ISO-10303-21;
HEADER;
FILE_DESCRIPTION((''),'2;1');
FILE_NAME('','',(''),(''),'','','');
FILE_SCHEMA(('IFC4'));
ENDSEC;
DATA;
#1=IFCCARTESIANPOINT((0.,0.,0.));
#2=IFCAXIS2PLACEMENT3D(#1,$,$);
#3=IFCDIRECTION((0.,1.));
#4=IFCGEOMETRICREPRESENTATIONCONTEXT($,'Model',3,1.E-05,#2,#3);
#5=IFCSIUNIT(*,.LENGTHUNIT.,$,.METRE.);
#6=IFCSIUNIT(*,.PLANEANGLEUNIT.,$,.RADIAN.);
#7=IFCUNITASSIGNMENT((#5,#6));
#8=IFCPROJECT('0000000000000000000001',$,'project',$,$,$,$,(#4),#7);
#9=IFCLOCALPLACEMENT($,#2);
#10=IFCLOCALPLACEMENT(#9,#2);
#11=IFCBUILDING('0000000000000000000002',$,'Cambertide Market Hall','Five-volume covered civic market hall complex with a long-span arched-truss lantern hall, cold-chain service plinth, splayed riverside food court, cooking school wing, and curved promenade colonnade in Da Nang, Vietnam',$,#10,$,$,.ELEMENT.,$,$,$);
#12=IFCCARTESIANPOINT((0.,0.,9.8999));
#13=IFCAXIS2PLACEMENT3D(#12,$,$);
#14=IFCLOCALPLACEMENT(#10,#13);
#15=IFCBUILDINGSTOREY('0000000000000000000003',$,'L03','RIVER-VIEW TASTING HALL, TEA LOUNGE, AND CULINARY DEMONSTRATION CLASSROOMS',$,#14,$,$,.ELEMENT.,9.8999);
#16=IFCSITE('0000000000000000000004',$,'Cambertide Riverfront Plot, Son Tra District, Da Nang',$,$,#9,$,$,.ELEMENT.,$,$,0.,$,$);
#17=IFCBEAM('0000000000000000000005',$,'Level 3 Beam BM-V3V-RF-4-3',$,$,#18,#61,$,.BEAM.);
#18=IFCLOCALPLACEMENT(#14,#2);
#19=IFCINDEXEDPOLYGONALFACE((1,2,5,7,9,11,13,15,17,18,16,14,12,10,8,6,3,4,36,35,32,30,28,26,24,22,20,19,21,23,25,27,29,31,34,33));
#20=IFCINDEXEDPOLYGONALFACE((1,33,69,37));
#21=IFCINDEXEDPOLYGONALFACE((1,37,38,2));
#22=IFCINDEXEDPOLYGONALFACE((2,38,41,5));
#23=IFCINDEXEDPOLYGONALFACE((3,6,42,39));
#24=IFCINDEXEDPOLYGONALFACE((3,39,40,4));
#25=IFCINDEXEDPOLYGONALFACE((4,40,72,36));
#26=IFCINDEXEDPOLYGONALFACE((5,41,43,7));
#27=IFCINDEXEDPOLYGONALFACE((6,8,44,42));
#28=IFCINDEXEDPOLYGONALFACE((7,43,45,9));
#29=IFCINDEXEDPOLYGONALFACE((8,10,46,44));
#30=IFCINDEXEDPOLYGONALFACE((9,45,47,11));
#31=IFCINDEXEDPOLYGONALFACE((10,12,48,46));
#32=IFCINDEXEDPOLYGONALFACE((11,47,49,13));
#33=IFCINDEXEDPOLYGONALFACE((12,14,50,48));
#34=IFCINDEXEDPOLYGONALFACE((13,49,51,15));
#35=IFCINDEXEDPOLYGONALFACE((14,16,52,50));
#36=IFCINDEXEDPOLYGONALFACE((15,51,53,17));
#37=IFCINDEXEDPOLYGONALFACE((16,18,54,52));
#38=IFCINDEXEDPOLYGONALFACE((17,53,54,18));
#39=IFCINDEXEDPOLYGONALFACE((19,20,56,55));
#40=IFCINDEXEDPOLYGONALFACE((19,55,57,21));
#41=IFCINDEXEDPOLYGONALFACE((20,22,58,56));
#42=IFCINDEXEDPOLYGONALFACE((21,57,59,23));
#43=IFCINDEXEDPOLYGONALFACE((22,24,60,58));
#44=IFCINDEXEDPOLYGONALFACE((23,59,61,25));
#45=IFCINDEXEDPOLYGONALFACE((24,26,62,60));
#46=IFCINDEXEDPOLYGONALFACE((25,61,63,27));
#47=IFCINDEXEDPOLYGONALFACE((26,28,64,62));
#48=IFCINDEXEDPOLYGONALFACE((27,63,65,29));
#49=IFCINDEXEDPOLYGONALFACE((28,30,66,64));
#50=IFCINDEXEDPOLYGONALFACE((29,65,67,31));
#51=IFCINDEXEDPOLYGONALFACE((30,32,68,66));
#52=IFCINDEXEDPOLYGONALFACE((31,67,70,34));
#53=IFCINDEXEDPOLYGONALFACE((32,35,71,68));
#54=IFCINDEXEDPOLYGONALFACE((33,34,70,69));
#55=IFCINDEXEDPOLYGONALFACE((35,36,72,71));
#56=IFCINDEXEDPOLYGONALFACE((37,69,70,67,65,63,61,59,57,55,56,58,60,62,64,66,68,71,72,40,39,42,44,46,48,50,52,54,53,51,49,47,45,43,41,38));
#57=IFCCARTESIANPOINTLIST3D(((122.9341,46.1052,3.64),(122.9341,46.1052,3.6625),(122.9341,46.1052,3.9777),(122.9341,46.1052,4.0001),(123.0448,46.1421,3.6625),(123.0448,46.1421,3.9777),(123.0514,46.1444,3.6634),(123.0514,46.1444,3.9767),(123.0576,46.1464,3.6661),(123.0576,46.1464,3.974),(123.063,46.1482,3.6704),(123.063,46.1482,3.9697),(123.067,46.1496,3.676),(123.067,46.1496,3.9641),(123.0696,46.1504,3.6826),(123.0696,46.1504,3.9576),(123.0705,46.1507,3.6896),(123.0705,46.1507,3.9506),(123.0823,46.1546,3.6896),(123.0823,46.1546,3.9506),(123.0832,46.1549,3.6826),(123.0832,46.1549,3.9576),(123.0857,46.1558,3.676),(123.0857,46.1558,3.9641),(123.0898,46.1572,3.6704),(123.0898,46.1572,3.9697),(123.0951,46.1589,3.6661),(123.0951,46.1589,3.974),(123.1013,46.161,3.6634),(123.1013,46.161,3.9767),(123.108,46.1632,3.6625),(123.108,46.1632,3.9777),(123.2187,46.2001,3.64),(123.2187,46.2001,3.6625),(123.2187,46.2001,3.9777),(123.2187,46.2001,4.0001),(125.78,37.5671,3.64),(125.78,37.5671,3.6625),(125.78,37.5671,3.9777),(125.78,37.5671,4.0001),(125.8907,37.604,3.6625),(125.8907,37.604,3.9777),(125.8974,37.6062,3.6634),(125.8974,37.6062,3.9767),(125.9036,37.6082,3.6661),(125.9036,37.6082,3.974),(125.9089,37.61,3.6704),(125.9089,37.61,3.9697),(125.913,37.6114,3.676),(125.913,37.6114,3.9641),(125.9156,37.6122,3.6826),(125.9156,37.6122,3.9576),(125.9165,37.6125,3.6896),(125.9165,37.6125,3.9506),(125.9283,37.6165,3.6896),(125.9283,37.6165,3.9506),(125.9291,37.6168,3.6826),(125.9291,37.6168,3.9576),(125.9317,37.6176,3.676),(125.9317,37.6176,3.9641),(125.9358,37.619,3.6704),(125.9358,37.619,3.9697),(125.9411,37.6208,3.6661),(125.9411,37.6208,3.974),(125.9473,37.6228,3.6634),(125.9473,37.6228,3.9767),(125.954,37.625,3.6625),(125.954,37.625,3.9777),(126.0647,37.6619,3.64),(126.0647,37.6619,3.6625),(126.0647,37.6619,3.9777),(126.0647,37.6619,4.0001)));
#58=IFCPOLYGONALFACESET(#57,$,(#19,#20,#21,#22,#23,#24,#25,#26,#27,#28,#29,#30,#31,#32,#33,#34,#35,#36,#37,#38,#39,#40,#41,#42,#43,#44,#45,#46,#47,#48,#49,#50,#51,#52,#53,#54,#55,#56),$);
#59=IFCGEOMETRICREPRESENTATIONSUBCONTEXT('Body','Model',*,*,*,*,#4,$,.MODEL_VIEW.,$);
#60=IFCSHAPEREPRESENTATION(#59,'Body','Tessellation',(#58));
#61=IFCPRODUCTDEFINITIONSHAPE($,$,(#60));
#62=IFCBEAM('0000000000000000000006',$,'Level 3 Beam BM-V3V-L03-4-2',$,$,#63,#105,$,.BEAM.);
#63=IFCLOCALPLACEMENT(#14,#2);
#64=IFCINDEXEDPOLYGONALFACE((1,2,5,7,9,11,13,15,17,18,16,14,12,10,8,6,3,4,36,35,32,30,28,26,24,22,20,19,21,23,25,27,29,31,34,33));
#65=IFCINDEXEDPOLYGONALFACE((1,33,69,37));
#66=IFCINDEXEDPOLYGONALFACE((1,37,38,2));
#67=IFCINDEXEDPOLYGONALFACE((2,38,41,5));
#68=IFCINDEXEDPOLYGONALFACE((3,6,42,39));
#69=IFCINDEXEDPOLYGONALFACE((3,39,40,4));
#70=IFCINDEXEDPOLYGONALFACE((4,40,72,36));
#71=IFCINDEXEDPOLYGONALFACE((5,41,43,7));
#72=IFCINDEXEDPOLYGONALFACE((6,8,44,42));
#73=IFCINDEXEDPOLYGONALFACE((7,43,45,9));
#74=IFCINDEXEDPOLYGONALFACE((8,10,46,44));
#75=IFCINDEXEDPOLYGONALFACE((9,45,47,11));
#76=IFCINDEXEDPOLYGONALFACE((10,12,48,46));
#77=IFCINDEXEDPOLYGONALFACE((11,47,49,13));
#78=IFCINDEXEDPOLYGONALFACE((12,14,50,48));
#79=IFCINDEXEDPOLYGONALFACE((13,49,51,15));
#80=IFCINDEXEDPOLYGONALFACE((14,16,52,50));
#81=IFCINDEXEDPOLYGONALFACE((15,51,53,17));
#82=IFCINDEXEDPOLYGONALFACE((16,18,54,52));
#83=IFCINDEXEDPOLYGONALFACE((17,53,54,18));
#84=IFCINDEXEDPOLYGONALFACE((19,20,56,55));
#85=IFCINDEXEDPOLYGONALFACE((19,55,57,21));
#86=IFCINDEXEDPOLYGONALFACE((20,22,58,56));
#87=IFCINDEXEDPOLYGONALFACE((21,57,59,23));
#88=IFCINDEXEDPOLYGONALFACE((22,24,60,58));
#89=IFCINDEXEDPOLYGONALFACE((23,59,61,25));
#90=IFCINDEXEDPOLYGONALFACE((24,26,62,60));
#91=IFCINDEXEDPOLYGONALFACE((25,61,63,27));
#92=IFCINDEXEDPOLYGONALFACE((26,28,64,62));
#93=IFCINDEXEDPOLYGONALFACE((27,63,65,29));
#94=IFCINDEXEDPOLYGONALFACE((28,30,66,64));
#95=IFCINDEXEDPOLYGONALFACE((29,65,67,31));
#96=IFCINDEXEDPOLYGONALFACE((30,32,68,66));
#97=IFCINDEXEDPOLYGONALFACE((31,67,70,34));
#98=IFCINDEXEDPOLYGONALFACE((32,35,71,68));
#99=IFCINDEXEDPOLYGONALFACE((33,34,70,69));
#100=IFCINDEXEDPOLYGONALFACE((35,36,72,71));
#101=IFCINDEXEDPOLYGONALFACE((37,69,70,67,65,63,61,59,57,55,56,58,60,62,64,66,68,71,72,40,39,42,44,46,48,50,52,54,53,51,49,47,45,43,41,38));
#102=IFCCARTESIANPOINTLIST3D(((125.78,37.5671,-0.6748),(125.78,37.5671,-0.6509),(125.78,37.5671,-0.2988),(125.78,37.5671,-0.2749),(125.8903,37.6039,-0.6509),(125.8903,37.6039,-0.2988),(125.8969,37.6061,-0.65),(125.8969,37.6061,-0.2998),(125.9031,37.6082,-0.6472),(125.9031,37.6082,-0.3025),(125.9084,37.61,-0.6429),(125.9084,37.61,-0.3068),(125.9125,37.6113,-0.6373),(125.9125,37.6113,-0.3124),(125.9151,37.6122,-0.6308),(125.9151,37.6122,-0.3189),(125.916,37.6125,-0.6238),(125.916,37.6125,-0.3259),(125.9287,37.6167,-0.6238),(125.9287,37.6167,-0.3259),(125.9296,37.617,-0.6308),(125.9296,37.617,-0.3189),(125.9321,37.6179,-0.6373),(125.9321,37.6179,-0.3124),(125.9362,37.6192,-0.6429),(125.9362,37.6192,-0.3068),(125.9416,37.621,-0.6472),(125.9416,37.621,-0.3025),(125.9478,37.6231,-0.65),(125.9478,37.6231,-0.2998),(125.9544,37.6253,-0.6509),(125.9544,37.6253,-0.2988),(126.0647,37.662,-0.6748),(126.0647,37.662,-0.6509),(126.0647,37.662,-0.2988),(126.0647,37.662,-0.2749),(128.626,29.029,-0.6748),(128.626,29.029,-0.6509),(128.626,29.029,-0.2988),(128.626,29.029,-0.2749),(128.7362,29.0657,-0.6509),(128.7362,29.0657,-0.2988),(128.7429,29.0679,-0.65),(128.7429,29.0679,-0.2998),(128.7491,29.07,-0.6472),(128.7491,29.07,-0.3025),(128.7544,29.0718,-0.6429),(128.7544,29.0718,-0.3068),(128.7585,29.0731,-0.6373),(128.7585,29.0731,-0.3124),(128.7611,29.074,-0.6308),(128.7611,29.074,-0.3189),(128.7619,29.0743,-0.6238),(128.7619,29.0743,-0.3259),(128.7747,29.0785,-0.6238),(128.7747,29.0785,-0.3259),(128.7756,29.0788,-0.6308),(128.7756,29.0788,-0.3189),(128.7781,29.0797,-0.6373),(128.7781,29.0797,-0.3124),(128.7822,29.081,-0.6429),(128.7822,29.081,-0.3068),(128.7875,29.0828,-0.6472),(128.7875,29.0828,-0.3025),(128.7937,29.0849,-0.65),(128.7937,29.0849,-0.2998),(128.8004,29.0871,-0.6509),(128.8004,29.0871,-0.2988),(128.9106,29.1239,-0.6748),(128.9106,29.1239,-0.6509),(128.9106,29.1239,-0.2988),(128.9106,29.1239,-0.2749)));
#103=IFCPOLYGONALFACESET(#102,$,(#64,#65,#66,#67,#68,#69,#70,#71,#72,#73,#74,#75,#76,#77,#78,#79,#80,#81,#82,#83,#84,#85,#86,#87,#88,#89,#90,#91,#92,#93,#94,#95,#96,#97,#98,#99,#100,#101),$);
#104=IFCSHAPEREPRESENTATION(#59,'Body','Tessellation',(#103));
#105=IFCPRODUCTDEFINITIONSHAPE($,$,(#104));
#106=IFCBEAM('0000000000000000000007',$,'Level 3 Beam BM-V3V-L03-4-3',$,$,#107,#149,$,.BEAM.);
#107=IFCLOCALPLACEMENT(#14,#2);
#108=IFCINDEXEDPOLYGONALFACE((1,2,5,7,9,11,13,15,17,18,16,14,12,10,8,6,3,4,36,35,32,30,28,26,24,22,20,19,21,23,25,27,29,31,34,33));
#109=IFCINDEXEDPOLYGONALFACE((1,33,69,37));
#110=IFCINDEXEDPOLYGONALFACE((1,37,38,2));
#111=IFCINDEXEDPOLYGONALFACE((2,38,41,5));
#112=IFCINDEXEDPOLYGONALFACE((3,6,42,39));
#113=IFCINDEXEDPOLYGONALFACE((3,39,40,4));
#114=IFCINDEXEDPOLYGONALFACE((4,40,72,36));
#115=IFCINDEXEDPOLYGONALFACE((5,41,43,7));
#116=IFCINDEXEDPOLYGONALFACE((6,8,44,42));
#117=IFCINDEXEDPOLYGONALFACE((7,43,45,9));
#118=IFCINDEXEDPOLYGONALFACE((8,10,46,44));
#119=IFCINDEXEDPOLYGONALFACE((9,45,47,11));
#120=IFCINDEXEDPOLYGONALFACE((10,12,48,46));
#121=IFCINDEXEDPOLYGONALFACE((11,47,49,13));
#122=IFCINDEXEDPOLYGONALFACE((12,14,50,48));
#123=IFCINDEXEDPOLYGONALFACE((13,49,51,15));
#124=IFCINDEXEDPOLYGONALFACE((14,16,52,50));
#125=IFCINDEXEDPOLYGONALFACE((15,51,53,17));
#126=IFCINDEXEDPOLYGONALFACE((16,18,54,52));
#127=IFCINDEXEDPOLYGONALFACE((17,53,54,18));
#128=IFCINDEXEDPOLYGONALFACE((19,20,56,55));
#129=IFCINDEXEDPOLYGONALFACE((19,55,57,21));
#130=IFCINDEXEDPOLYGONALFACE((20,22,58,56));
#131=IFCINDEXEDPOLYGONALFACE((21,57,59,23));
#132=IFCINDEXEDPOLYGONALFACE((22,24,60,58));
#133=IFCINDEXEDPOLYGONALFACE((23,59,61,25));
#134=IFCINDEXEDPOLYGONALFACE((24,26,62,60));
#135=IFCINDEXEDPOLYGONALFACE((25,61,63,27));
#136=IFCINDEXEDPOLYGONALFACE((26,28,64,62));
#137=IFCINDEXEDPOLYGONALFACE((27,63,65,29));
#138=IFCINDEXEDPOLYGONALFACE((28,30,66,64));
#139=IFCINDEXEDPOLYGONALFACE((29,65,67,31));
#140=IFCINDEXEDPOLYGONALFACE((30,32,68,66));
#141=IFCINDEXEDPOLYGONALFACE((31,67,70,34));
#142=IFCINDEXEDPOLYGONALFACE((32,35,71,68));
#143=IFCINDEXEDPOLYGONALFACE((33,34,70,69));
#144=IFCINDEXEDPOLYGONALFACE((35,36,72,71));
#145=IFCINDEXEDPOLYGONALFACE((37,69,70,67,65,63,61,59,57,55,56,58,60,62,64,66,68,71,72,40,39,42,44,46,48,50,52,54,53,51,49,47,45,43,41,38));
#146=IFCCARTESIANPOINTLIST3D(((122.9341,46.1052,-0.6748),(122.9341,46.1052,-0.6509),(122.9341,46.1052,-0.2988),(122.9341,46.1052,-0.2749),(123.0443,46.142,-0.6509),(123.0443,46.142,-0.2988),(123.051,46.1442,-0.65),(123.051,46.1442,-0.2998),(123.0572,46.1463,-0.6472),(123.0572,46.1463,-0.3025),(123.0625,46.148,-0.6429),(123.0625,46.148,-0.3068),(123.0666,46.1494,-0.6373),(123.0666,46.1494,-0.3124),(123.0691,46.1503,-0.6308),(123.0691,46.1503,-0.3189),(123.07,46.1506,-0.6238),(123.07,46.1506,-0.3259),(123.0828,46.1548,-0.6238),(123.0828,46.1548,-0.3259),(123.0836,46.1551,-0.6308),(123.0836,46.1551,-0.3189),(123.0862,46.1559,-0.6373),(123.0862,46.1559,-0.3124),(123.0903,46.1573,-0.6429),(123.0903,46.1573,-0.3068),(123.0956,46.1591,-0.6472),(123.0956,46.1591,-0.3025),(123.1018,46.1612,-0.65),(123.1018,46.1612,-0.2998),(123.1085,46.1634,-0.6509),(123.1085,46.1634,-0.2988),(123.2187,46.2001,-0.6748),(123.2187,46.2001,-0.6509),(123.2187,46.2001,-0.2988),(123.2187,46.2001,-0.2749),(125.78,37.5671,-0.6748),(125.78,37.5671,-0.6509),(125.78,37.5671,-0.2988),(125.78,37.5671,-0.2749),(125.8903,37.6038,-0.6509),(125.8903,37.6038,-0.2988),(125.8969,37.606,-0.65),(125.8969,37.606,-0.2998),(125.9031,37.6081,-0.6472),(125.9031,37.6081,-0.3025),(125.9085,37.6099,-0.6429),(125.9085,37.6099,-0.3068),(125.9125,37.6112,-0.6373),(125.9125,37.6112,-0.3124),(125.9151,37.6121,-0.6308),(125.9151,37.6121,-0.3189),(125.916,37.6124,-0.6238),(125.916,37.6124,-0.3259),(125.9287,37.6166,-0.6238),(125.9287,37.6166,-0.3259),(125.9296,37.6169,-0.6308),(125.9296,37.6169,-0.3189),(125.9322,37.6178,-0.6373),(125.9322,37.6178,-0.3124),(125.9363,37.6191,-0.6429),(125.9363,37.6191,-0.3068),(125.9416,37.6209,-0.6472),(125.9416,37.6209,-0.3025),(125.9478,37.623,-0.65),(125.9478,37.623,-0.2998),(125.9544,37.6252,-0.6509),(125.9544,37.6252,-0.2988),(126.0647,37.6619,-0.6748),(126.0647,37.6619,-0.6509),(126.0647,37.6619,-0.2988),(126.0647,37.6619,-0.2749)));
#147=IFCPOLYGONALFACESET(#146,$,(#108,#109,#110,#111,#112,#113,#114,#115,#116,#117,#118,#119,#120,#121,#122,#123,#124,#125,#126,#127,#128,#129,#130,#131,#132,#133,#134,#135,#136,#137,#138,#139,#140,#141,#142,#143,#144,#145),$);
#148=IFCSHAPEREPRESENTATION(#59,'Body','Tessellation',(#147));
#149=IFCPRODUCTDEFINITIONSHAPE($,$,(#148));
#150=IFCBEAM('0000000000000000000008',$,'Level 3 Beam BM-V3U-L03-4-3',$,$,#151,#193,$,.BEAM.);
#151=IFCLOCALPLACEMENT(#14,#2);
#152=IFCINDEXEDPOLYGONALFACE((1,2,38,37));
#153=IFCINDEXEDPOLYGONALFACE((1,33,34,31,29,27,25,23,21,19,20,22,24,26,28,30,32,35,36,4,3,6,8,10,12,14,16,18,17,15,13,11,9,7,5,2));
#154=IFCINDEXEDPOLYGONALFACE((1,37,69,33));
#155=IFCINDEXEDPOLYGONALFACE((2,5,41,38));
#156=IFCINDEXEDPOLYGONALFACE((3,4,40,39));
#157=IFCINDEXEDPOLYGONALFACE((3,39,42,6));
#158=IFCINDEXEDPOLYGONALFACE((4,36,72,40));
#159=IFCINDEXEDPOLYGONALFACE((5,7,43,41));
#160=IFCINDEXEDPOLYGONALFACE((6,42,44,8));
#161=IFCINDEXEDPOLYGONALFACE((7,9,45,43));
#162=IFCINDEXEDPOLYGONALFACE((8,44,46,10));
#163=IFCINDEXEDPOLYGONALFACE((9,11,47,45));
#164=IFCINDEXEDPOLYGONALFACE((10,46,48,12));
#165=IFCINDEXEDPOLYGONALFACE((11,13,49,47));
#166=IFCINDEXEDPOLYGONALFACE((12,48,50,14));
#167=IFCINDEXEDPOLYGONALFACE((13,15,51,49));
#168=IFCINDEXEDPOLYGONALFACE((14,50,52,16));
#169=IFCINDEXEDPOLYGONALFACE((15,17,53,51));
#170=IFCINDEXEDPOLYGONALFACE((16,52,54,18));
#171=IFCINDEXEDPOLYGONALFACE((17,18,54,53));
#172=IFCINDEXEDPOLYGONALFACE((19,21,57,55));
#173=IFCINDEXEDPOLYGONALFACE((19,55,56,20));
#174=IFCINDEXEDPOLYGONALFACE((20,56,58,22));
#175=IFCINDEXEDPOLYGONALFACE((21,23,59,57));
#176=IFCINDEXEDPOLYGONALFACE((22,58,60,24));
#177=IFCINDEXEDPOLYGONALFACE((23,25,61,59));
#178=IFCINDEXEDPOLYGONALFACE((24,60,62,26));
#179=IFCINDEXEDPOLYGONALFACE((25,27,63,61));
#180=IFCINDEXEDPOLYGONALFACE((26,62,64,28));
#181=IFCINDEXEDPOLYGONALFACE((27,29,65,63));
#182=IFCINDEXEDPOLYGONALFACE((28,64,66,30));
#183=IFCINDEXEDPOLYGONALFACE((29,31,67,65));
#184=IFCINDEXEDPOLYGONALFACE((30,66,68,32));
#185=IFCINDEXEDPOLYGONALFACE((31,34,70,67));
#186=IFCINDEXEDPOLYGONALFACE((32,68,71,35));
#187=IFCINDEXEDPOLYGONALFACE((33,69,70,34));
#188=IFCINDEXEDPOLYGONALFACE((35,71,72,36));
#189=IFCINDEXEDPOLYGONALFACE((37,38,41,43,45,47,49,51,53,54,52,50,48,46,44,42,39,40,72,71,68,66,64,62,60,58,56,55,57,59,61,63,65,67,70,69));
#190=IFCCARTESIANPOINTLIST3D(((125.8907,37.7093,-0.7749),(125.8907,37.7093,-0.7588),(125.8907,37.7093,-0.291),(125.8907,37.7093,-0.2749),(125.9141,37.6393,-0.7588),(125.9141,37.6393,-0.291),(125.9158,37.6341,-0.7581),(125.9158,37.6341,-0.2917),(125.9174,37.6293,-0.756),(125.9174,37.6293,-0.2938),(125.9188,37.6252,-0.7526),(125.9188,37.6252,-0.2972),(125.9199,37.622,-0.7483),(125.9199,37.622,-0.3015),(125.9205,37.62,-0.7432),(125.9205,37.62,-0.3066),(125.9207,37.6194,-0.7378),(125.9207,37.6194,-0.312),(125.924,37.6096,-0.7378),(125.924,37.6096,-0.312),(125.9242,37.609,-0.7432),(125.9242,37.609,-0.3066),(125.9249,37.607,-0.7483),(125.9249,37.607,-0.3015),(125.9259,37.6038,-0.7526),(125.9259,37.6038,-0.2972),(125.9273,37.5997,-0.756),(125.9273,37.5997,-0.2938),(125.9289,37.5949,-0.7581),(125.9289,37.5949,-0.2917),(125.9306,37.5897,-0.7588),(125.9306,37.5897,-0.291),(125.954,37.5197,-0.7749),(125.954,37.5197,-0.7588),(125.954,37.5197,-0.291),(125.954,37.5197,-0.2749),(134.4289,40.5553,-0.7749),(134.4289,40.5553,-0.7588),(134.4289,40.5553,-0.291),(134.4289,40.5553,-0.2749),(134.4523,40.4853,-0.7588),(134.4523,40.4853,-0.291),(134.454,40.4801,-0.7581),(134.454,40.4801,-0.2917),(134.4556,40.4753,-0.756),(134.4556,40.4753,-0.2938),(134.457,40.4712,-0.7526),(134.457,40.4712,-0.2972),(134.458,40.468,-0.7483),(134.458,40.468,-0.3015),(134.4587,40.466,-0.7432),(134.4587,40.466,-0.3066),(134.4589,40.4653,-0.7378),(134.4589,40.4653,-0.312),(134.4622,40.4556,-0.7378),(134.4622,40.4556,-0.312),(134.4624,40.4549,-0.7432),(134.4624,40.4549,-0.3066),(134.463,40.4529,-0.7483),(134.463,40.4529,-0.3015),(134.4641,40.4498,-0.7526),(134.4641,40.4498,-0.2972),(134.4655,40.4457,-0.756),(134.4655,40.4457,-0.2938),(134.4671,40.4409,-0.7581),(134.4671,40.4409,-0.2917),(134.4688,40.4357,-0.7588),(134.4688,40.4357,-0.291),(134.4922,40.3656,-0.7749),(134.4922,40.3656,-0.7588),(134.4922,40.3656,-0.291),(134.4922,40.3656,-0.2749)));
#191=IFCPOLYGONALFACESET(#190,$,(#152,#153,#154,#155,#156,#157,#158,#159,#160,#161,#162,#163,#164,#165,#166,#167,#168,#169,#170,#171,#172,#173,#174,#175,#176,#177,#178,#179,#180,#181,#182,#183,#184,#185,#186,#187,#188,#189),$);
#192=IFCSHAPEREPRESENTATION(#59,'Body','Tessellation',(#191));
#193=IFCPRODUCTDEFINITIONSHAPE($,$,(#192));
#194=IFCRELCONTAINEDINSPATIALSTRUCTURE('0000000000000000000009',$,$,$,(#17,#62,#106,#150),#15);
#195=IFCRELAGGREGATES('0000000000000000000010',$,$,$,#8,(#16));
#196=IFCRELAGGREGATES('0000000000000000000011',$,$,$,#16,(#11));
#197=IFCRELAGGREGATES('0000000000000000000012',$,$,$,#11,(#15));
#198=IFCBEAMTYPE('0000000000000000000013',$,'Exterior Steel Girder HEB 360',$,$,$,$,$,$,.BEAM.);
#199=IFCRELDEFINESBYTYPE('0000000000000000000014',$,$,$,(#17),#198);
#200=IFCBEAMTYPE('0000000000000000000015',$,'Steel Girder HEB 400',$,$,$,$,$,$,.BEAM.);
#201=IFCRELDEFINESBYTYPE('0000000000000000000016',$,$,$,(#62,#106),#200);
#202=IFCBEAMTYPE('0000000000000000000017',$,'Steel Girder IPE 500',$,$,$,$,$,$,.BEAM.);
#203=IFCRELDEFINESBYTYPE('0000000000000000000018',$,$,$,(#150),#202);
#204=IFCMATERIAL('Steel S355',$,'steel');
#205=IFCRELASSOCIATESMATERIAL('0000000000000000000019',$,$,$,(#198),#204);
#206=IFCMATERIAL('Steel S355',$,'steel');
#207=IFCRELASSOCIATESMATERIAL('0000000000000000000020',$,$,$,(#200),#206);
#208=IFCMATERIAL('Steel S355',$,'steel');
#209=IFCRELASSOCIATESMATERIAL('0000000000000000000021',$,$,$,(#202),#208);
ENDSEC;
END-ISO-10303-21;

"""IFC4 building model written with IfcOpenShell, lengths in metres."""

from ifc_helpers import new_model, si_unit, direction, frame, origin, origin_2d, place, context, subcontext, project, spatial, i_section, extrude, material, material_profile, profile_set, type_object, element, save


model = new_model("IFC4")

# Units and contexts
model_context = context("Model", 3, precision=1e-05, world=origin(), true_north=direction((0.0, 1.0)))
body_context = subcontext(model_context, "Body", "Model", "MODEL_VIEW")
ifc_project = project(units=[si_unit("LENGTHUNIT", "METRE"), si_unit("PLANEANGLEUNIT", "RADIAN")], contexts=[model_context])

# Site, building, storey
site_placement = place(None, origin())
site = spatial("IfcSite", under=ifc_project, at=site_placement, Name="Cambertide Riverfront Plot, Son Tra District, Da Nang", CompositionType="ELEMENT", RefElevation=0.0)
building_placement = place(site_placement, origin())
building = spatial("IfcBuilding", under=site, at=building_placement, Name="Cambertide Market Hall", Description="Five-volume covered civic market hall complex with a long-span arched-truss lantern hall, cold-chain service plinth, splayed riverside food court, cooking school wing, and curved promenade colonnade in Da Nang, Vietnam", CompositionType="ELEMENT")
storey_placement = place(building_placement, frame((0.0, 0.0, 9.8999)))
storey = spatial("IfcBuildingStorey", under=building, at=storey_placement, Name="L03", Description="RIVER-VIEW TASTING HALL, TEA LOUNGE, AND CULINARY DEMONSTRATION CLASSROOMS", CompositionType="ELEMENT", Elevation=9.8999)

# Beams
ifc_material_1 = material(Name="Steel S355", Category="steel")
ifc_material_profile_1 = material_profile(ifc_material_1, i_section(OverallWidth=0.3, OverallDepth=0.3601, WebThickness=0.0125, FlangeThickness=0.0225, FilletRadius=0.0271, at=origin_2d()), Name="HEB 360")
ifc_profile_set_1 = profile_set([ifc_material_profile_1], Name="Steel S355")
beam_type_1 = type_object("IfcBeamType", Name="Exterior Steel Girder HEB 360", PredefinedType="BEAM", material=ifc_profile_set_1)
for number, where, z_axis, x_axis, name in (
    (1, (125.9224, 37.6145, 3.8201), (-0.31622, 0.948686, 0.0), (-0.948686, -0.31622, 0.0), "Level 3 Beam BM-V3V-RF-4-3"),
):
    element("IfcBeam", number, at=place(storey_placement, frame(where, z_axis=z_axis, x_axis=x_axis)), inside=storey, type_object=beam_type_1, Name=name, PredefinedType="BEAM", context=body_context, shape_type="SweptSolid", body=[
        extrude(i_section(OverallWidth=0.3, OverallDepth=0.3601, WebThickness=0.0125, FlangeThickness=0.0225, FilletRadius=0.0271, at=origin_2d()), origin(), (0.0, 0.0, 1.0), 9.0),
    ])
ifc_material_2 = material(Name="Steel S355", Category="steel")
ifc_material_profile_2 = material_profile(ifc_material_2, i_section(OverallWidth=0.3, OverallDepth=0.3999, WebThickness=0.0134, FlangeThickness=0.0239, FilletRadius=0.0271, at=origin_2d()), Name="HEB 400")
ifc_profile_set_2 = profile_set([ifc_material_profile_2], Name="Steel S355")
beam_type_2 = type_object("IfcBeamType", Name="Steel Girder HEB 400", PredefinedType="BEAM", material=ifc_profile_set_2)
for number, where, z_axis, x_axis, name in (
    (2, (128.7683, 29.0764, -0.4749), (-0.31622, 0.948686, 0.0), (-0.948686, -0.31622, 0.0), "Level 3 Beam BM-V3V-L03-4-2"),
    (3, (125.9224, 37.6145, -0.4749), (-0.31622, 0.948686, 0.0), (-0.948686, -0.31622, 0.0), "Level 3 Beam BM-V3V-L03-4-3"),
):
    element("IfcBeam", number, at=place(storey_placement, frame(where, z_axis=z_axis, x_axis=x_axis)), inside=storey, type_object=beam_type_2, Name=name, PredefinedType="BEAM", context=body_context, shape_type="SweptSolid", body=[
        extrude(i_section(OverallWidth=0.3, OverallDepth=0.3999, WebThickness=0.0134, FlangeThickness=0.0239, FilletRadius=0.0271, at=origin_2d()), origin(), (0.0, 0.0, 1.0), 9.0),
    ])
ifc_material_3 = material(Name="Steel S355", Category="steel")
ifc_material_profile_3 = material_profile(ifc_material_3, i_section(OverallWidth=0.2, OverallDepth=0.5, WebThickness=0.0103, FlangeThickness=0.0161, FilletRadius=0.021, at=origin_2d()), Name="IPE 500")
ifc_profile_set_3 = profile_set([ifc_material_profile_3], Name="Steel S355")
beam_type_3 = type_object("IfcBeamType", Name="Steel Girder IPE 500", PredefinedType="BEAM", material=ifc_profile_set_3)
beam_1_placement = place(storey_placement, frame((125.9224, 37.6145, -0.5249), z_axis=(0.948686, 0.31622, 0.0), x_axis=(-0.31622, 0.948686, 0.0)))
element("IfcBeam", 4, at=beam_1_placement, inside=storey, type_object=beam_type_3, Name="Level 3 Beam BM-V3U-L03-4-3", PredefinedType="BEAM", context=body_context, shape_type="SweptSolid", body=[
    extrude(i_section(OverallWidth=0.2, OverallDepth=0.5, WebThickness=0.0103, FlangeThickness=0.0161, FilletRadius=0.021, at=origin_2d()), origin(), (0.0, 0.0, 1.0), 9.0),
])

save(model, "model.ifc")
